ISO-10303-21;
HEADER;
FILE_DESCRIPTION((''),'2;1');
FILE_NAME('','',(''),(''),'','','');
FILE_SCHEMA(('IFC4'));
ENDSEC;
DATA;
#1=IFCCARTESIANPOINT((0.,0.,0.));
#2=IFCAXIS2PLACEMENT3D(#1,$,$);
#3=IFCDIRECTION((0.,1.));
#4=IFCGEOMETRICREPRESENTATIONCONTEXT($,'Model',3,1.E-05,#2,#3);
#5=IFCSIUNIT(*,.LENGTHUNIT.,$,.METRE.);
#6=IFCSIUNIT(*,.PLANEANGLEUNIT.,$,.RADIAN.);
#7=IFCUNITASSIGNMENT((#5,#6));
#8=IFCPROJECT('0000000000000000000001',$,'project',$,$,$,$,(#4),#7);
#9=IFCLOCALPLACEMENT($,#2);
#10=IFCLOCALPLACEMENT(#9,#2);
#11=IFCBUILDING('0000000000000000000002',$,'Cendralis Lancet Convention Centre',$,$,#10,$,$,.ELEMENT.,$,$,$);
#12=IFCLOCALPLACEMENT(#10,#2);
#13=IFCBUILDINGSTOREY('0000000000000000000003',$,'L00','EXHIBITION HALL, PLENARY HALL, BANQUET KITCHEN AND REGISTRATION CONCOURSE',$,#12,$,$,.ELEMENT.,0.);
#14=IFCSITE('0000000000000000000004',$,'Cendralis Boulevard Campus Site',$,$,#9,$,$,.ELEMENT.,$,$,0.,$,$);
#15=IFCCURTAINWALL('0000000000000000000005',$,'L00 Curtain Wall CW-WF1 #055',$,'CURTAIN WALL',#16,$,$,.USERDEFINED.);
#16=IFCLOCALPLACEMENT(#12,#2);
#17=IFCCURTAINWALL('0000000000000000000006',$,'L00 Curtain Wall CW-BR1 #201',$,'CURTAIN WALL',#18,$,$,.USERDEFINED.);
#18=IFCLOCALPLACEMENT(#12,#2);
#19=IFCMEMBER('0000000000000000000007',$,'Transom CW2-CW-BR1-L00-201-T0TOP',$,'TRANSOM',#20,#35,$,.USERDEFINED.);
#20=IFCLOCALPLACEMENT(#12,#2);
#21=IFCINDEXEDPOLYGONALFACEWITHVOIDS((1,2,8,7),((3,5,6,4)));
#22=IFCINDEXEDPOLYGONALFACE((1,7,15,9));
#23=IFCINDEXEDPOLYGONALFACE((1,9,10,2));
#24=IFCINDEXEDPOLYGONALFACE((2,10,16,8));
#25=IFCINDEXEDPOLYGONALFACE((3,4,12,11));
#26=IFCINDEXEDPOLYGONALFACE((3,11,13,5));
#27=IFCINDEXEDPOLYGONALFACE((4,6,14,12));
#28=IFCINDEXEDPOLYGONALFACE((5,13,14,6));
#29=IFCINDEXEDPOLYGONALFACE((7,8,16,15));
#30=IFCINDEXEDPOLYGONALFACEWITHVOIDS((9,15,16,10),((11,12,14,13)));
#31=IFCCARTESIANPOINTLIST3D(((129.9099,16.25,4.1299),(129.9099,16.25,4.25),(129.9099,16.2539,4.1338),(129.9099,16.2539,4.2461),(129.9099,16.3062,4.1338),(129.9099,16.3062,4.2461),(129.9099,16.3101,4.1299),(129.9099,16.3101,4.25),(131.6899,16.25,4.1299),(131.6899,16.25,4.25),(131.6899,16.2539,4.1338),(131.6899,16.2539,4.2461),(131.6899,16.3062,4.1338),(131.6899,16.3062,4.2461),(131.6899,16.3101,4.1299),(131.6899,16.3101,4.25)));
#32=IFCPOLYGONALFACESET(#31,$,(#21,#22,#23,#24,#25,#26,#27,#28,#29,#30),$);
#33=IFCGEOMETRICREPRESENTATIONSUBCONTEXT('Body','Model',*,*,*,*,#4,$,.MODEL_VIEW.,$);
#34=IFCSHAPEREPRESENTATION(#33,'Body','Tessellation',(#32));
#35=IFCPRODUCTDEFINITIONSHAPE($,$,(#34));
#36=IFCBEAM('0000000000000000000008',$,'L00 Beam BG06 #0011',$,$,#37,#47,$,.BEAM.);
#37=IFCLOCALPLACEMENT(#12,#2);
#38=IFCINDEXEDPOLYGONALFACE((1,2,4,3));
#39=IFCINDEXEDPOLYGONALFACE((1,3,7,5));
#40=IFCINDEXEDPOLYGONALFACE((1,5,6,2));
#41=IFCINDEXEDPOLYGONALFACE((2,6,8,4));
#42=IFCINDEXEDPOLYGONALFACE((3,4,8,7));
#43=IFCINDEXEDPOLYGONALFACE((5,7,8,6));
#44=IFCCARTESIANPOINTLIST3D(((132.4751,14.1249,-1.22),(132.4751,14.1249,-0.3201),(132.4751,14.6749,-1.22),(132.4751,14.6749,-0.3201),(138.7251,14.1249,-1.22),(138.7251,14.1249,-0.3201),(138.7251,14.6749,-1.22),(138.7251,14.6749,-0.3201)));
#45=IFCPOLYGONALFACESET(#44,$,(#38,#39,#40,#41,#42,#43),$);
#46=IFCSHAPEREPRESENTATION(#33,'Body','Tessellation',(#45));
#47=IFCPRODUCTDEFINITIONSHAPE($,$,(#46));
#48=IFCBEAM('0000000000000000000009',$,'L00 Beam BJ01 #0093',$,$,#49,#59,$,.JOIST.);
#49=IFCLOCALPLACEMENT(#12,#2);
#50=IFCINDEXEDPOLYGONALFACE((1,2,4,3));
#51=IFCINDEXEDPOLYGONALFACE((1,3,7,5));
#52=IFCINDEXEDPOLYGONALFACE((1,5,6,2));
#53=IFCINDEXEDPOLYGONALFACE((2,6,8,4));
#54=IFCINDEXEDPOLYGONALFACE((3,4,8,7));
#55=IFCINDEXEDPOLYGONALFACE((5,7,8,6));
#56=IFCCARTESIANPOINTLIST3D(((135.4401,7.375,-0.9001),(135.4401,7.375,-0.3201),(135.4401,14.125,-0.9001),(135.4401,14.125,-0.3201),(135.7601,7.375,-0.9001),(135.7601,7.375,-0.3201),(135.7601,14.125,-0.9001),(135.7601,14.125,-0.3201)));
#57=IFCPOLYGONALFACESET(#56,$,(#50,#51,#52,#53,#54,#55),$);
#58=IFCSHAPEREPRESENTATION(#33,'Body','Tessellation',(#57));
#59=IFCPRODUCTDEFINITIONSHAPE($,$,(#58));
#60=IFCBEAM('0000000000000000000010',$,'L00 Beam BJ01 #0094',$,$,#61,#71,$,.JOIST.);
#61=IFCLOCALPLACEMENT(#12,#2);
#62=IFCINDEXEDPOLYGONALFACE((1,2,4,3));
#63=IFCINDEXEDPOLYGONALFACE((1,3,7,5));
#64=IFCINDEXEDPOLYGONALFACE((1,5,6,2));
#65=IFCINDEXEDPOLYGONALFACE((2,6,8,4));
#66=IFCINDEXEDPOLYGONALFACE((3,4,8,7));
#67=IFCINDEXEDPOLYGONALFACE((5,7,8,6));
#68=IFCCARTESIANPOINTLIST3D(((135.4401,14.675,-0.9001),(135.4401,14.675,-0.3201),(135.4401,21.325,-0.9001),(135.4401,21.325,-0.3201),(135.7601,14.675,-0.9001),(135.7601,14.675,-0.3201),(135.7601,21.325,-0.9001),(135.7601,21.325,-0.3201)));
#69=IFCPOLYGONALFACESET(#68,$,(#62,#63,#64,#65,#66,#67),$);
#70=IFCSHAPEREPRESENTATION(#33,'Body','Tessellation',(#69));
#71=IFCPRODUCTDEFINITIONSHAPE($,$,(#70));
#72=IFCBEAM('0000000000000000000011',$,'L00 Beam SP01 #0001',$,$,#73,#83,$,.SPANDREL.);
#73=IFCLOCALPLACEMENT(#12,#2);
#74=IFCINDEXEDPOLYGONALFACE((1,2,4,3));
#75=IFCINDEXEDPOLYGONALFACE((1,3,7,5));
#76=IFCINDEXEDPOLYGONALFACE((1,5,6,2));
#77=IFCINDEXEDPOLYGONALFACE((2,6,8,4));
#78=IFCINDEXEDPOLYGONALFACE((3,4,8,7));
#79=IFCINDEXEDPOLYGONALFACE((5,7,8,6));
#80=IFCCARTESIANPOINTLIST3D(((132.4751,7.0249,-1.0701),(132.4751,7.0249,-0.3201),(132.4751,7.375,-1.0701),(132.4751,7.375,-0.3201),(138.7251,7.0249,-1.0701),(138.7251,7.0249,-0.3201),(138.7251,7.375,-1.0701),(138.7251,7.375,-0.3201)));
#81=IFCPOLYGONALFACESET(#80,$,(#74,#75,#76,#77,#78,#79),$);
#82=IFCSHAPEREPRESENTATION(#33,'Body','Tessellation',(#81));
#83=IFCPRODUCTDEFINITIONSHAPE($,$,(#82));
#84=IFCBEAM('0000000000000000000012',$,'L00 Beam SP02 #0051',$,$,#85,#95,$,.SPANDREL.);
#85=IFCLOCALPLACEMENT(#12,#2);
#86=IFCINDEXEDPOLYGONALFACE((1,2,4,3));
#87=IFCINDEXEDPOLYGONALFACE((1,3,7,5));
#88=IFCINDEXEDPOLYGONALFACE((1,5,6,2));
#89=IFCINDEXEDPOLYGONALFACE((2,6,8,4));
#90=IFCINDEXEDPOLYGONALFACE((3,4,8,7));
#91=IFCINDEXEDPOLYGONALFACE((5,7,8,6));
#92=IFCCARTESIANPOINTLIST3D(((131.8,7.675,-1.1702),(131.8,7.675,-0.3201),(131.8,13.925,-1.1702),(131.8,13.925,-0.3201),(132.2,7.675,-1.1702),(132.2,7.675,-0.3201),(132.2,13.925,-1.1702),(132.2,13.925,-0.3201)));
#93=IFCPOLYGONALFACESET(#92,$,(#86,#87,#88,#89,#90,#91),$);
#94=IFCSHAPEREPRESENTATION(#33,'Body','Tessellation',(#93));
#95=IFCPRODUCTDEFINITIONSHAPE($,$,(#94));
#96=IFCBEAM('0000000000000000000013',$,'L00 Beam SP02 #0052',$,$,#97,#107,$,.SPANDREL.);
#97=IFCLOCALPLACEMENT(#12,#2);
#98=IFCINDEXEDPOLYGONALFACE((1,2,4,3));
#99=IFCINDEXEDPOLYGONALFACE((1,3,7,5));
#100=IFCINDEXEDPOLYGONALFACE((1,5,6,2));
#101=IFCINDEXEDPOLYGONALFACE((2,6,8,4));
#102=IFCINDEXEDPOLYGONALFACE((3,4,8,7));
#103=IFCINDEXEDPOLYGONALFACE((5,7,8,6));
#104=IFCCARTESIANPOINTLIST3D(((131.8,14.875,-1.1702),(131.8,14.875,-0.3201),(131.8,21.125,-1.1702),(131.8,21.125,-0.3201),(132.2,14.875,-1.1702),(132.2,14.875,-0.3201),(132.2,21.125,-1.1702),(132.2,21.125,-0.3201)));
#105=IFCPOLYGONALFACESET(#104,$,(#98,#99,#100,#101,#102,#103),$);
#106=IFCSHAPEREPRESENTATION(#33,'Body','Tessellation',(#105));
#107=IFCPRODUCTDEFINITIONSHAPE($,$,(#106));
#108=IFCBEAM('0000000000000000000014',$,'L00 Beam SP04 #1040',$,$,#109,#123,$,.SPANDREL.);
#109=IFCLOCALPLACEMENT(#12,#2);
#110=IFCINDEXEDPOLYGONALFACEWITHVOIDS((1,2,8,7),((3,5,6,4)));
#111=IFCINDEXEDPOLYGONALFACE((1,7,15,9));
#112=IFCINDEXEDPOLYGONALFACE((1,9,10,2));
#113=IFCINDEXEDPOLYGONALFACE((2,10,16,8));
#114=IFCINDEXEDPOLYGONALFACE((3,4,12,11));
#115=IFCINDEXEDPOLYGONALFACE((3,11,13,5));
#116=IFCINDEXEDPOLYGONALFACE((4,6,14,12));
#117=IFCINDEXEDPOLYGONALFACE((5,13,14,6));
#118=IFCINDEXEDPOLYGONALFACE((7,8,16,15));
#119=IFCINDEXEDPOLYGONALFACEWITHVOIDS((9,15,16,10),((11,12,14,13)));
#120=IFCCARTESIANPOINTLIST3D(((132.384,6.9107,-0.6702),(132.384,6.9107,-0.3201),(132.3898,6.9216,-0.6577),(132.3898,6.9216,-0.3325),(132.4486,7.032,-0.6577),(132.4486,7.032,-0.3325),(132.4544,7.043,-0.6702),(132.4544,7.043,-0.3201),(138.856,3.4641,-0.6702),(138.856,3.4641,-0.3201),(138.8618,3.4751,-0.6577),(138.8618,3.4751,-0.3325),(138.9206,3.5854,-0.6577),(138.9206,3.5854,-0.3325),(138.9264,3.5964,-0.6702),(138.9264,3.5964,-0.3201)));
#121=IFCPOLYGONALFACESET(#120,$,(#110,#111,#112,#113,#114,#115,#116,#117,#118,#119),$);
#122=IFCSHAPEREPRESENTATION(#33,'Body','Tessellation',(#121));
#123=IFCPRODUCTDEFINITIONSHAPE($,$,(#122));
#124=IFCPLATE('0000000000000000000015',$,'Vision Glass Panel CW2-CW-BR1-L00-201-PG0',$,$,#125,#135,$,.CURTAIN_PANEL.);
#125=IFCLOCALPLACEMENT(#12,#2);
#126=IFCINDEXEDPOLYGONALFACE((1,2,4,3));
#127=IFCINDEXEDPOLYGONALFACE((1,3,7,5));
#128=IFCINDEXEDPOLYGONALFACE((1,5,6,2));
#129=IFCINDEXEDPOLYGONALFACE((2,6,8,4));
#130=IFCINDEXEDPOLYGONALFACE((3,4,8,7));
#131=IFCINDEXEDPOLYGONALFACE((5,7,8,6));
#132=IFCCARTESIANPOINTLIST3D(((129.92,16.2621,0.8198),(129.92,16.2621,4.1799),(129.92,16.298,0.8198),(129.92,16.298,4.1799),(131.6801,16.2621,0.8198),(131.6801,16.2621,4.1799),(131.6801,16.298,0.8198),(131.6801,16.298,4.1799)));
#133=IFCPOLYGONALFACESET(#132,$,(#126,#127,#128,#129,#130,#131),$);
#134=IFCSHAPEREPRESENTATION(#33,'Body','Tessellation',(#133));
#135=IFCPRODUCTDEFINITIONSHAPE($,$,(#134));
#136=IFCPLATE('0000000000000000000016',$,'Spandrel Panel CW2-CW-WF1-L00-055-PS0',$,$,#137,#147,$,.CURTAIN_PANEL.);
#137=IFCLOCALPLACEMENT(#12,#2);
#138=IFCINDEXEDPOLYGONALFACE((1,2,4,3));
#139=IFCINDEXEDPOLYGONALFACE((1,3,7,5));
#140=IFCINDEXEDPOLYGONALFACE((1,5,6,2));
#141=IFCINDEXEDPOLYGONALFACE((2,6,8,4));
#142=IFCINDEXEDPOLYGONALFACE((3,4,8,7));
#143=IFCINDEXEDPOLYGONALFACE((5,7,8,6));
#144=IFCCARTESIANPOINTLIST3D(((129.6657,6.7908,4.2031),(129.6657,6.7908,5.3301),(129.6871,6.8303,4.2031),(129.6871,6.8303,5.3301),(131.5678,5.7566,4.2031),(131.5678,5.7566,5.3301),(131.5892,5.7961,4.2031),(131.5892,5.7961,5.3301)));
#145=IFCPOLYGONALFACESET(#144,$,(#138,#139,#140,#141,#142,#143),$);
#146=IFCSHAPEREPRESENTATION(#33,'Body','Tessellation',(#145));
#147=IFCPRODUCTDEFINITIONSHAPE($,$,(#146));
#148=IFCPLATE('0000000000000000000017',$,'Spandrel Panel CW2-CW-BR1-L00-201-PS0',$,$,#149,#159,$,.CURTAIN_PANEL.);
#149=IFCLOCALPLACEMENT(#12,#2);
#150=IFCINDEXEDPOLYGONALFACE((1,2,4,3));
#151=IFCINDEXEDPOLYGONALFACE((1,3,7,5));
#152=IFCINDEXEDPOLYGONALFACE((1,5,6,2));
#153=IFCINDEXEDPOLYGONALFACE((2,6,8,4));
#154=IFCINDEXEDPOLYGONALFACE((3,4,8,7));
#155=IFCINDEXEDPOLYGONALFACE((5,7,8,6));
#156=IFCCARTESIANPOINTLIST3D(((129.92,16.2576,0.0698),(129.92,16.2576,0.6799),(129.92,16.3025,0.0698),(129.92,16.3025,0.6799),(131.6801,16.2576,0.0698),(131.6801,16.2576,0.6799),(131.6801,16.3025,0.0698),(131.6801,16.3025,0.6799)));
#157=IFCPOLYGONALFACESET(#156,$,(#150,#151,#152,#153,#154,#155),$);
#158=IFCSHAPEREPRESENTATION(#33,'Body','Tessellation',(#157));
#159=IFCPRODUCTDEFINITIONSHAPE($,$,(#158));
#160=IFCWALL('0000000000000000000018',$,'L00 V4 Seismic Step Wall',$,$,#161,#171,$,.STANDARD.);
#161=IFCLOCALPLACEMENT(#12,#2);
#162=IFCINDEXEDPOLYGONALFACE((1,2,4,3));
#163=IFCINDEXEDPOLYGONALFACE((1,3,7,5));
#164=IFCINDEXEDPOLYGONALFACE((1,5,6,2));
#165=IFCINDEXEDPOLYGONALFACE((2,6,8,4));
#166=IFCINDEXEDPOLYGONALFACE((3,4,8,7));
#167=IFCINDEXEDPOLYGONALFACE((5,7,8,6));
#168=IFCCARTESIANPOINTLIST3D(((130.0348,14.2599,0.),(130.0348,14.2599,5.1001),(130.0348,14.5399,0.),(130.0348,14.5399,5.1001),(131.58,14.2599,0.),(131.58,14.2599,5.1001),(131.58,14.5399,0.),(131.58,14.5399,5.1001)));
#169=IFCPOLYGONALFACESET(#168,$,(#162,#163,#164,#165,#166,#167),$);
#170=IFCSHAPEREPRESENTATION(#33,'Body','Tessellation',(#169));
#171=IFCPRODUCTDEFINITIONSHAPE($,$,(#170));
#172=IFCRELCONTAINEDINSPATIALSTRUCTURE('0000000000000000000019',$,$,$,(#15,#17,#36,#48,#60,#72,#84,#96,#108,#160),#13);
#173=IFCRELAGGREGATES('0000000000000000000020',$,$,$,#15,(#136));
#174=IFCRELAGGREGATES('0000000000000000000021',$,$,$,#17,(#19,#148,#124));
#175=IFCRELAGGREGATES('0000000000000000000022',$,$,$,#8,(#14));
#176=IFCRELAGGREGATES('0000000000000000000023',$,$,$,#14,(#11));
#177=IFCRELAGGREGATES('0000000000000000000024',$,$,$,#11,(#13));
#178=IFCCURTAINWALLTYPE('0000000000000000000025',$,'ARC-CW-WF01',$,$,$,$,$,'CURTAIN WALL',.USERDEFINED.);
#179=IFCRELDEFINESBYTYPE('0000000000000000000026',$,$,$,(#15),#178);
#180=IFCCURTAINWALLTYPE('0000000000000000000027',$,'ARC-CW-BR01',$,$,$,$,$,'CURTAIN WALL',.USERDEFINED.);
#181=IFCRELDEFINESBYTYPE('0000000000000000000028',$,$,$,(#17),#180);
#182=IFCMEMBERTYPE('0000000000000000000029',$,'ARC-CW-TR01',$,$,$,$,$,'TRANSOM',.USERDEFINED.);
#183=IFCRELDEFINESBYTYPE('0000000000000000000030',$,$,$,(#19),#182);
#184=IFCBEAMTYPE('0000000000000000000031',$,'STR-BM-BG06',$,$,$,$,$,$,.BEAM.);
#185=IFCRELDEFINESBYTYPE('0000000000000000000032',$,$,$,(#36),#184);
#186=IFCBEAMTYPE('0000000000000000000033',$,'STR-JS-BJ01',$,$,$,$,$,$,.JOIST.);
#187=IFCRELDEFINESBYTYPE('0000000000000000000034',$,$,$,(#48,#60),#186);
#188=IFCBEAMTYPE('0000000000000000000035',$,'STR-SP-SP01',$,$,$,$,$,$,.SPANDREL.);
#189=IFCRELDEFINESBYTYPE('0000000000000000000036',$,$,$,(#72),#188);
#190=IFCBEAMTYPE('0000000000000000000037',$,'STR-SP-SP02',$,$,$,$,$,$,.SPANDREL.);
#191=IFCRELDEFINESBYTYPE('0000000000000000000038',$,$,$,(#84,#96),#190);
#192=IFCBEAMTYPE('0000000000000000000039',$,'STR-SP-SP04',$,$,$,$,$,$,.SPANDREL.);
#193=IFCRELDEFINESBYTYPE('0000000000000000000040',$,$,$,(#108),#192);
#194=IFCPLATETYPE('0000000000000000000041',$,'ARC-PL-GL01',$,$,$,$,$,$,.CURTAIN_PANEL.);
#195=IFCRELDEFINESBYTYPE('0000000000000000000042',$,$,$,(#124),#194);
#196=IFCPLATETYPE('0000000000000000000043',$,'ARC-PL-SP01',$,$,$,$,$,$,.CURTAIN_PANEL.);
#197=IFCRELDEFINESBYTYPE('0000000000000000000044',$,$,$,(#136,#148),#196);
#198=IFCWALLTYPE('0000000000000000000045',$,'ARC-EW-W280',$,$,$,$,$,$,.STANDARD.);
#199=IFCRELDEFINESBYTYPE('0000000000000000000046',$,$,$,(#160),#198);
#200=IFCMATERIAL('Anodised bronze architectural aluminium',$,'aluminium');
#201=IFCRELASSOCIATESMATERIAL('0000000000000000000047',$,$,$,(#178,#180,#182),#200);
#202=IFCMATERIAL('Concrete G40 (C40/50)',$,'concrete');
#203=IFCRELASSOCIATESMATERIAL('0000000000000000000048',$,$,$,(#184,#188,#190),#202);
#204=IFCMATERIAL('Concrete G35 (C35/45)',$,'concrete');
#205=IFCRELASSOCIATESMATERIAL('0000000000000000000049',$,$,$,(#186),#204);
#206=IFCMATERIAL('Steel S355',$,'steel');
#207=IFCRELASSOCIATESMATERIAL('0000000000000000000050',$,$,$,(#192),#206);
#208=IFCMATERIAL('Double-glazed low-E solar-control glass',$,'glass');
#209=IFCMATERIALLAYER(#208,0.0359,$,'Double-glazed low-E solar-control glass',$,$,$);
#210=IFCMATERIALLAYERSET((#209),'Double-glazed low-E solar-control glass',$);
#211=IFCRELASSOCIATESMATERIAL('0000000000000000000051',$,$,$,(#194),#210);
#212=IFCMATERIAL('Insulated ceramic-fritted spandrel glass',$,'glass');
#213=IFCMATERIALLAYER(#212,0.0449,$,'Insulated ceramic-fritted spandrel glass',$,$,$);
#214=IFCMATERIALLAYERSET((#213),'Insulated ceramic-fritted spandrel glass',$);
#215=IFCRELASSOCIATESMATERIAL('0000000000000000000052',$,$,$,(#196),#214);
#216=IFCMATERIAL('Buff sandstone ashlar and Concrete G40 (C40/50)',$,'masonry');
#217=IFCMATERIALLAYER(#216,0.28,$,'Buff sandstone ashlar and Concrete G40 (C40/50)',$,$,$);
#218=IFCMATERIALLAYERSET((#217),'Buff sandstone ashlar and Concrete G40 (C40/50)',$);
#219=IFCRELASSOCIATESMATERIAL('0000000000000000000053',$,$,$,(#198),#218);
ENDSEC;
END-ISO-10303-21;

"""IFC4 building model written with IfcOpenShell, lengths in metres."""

from ifc_helpers import new_model, si_unit, direction, frame, frame_2d, origin, origin_2d, place, context, subcontext, project, spatial, rectangle, hollow_rectangle, extrude, material, layer, layer_set, material_profile, profile_set, type_object, element, aggregate, save


model = new_model("IFC4")

# Units and contexts
model_context = context("Model", 3, precision=1e-05, world=origin(), true_north=direction((0.0, 1.0)))
body_context = subcontext(model_context, "Body", "Model", "MODEL_VIEW")
ifc_project = project(units=[si_unit("LENGTHUNIT", "METRE"), si_unit("PLANEANGLEUNIT", "RADIAN")], contexts=[model_context])

# Site, building, storey
site_placement = place(None, origin())
site = spatial("IfcSite", under=ifc_project, at=site_placement, Name="Cendralis Boulevard Campus Site", CompositionType="ELEMENT", RefElevation=0.0)
building_placement = place(site_placement, origin())
building = spatial("IfcBuilding", under=site, at=building_placement, Name="Cendralis Lancet Convention Centre", CompositionType="ELEMENT")
storey_placement = place(building_placement, origin())
storey = spatial("IfcBuildingStorey", under=building, at=storey_placement, Name="L00", Description="EXHIBITION HALL, PLENARY HALL, BANQUET KITCHEN AND REGISTRATION CONCOURSE", CompositionType="ELEMENT", Elevation=0.0)

# Shared definitions
ifc_material_1 = material(Name="Concrete G35 (C35/45)", Category="concrete")

# Shared definitions
ifc_material_2 = material(Name="Concrete G40 (C40/50)", Category="concrete")

# Curtain wall
ifc_material_3 = material(Name="Anodised bronze architectural aluminium", Category="aluminium")
curtain_wall_type_1 = type_object("IfcCurtainWallType", Name="ARC-CW-WF01", ElementType="CURTAIN WALL", PredefinedType="USERDEFINED", material=ifc_material_3)
curtain_wall_1_placement = place(storey_placement, origin())
curtain_wall_1 = element("IfcCurtainWall", 1, at=curtain_wall_1_placement, inside=storey, type_object=curtain_wall_type_1, Name="L00 Curtain Wall CW-WF1 #055", ObjectType="CURTAIN WALL", PredefinedType="USERDEFINED")

# Curtain wall
curtain_wall_type_2 = type_object("IfcCurtainWallType", Name="ARC-CW-BR01", ElementType="CURTAIN WALL", PredefinedType="USERDEFINED", material=ifc_material_3)
curtain_wall_2_placement = place(storey_placement, origin())
curtain_wall_2 = element("IfcCurtainWall", 2, at=curtain_wall_2_placement, inside=storey, type_object=curtain_wall_type_2, Name="L00 Curtain Wall CW-BR1 #201", ObjectType="CURTAIN WALL", PredefinedType="USERDEFINED")

# Member
ifc_material_profile_1 = material_profile(ifc_material_3, hollow_rectangle(XDim=0.0601, YDim=0.1201, WallThickness=0.0039, at=origin_2d()), Name="AL-TRAN 60x120x4.0")
ifc_profile_set_1 = profile_set([ifc_material_profile_1], Name="Anodised bronze architectural aluminium")
member_type_1 = type_object("IfcMemberType", Name="ARC-CW-TR01", ElementType="TRANSOM", PredefinedType="USERDEFINED", material=ifc_profile_set_1)
member_1_placement = place(storey_placement, frame((129.9099, 16.28, 4.1899), z_axis=(1.0, 0.0, 0.0), x_axis=(0.0, 1.0, 0.0)))
member_1 = element("IfcMember", 3, at=member_1_placement, type_object=member_type_1, Name="Transom CW2-CW-BR1-L00-201-T0TOP", ObjectType="TRANSOM", PredefinedType="USERDEFINED", context=body_context, shape_type="SweptSolid", body=[
    extrude(hollow_rectangle(XDim=0.0601, YDim=0.1201, WallThickness=0.0039, at=origin_2d()), origin(), (0.0, 0.0, 1.0), 1.78),
])

# Beams
ifc_material_profile_2 = material_profile(ifc_material_2, rectangle(XDim=0.55, YDim=0.8999, at=origin_2d()), Name="RCB 550x900")
ifc_profile_set_2 = profile_set([ifc_material_profile_2], Name="Concrete G40 (C40/50)")
beam_type_1 = type_object("IfcBeamType", Name="STR-BM-BG06", PredefinedType="BEAM", material=ifc_profile_set_2)
beam_1_placement = place(storey_placement, frame((132.4751, 14.3999, -0.77), z_axis=(1.0, 0.0, 0.0), x_axis=(0.0, 1.0, 0.0)))
element("IfcBeam", 4, at=beam_1_placement, inside=storey, type_object=beam_type_1, Name="L00 Beam BG06 #0011", PredefinedType="BEAM", context=body_context, shape_type="SweptSolid", body=[
    extrude(rectangle(XDim=0.55, YDim=0.8999, at=origin_2d()), origin(), (0.0, 0.0, 1.0), 6.25),
])
ifc_material_profile_3 = material_profile(ifc_material_1, rectangle(XDim=0.3201, YDim=0.5801, at=origin_2d()), Name="RCB 320x580")
ifc_profile_set_3 = profile_set([ifc_material_profile_3], Name="Concrete G35 (C35/45)")
beam_type_2 = type_object("IfcBeamType", Name="STR-JS-BJ01", PredefinedType="JOIST", material=ifc_profile_set_3)
beam_2_placement = place(storey_placement, frame((135.6001, 7.375, -0.6101), z_axis=(0.0, 1.0, 0.0), x_axis=(-1.0, 0.0, 0.0)))
element("IfcBeam", 5, at=beam_2_placement, inside=storey, type_object=beam_type_2, Name="L00 Beam BJ01 #0093", PredefinedType="JOIST", context=body_context, shape_type="SweptSolid", body=[
    extrude(rectangle(XDim=0.3201, YDim=0.5801, at=origin_2d()), origin(), (0.0, 0.0, 1.0), 6.75),
])
beam_3_placement = place(storey_placement, frame((135.6001, 14.675, -0.6101), z_axis=(0.0, 1.0, 0.0), x_axis=(-1.0, 0.0, 0.0)))
element("IfcBeam", 6, at=beam_3_placement, inside=storey, type_object=beam_type_2, Name="L00 Beam BJ01 #0094", PredefinedType="JOIST", context=body_context, shape_type="SweptSolid", body=[
    extrude(rectangle(XDim=0.3201, YDim=0.5801, at=origin_2d()), origin(), (0.0, 0.0, 1.0), 6.6499),
])
ifc_material_profile_4 = material_profile(ifc_material_2, rectangle(XDim=0.3501, YDim=0.75, at=origin_2d()), Name="RCB 350x750")
ifc_profile_set_4 = profile_set([ifc_material_profile_4], Name="Concrete G40 (C40/50)")
beam_type_3 = type_object("IfcBeamType", Name="STR-SP-SP01", PredefinedType="SPANDREL", material=ifc_profile_set_4)
beam_4_placement = place(storey_placement, frame((132.4751, 7.2, -0.6951), z_axis=(1.0, 0.0, 0.0), x_axis=(0.0, 1.0, 0.0)))
element("IfcBeam", 7, at=beam_4_placement, inside=storey, type_object=beam_type_3, Name="L00 Beam SP01 #0001", PredefinedType="SPANDREL", context=body_context, shape_type="SweptSolid", body=[
    extrude(rectangle(XDim=0.3501, YDim=0.75, at=origin_2d()), origin(), (0.0, 0.0, 1.0), 6.25),
])
ifc_material_profile_5 = material_profile(ifc_material_2, rectangle(XDim=0.3999, YDim=0.8501, at=origin_2d()), Name="RCB 400x850")
ifc_profile_set_5 = profile_set([ifc_material_profile_5], Name="Concrete G40 (C40/50)")
beam_type_4 = type_object("IfcBeamType", Name="STR-SP-SP02", PredefinedType="SPANDREL", material=ifc_profile_set_5)
for number, where, z_axis, x_axis, name in (
    (8, (132.0, 7.675, -0.7451), (0.0, 1.0, 0.0), (-1.0, 0.0, 0.0), "L00 Beam SP02 #0051"),
    (9, (132.0, 14.875, -0.7451), (0.0, 1.0, 0.0), (-1.0, 0.0, 0.0), "L00 Beam SP02 #0052"),
):
    element("IfcBeam", number, at=place(storey_placement, frame(where, z_axis=z_axis, x_axis=x_axis)), inside=storey, type_object=beam_type_4, Name=name, PredefinedType="SPANDREL", context=body_context, shape_type="SweptSolid", body=[
        extrude(rectangle(XDim=0.3999, YDim=0.8501, at=origin_2d()), origin(), (0.0, 0.0, 1.0), 6.25),
    ])
ifc_material_4 = material(Name="Steel S355", Category="steel")
ifc_material_profile_6 = material_profile(ifc_material_4, hollow_rectangle(XDim=0.1499, YDim=0.3501, WallThickness=0.0125, at=origin_2d()), Name="RHS 350x150x12.5")
ifc_profile_set_6 = profile_set([ifc_material_profile_6], Name="Steel S355")
beam_type_5 = type_object("IfcBeamType", Name="STR-SP-SP04", PredefinedType="SPANDREL", material=ifc_profile_set_6)
beam_5_placement = place(storey_placement, frame((132.4192, 6.9768, -0.4951), z_axis=(0.882645, -0.47004, 0.0), x_axis=(0.47004, 0.882645, 0.0)))
element("IfcBeam", 10, at=beam_5_placement, inside=storey, type_object=beam_type_5, Name="L00 Beam SP04 #1040", PredefinedType="SPANDREL", context=body_context, shape_type="SweptSolid", body=[
    extrude(hollow_rectangle(XDim=0.1499, YDim=0.3501, WallThickness=0.0125, at=origin_2d()), origin(), (0.0, 0.0, 1.0), 7.3325),
])

# Plates
ifc_material_5 = material(Name="Double-glazed low-E solar-control glass", Category="glass")
ifc_layer_1 = layer(ifc_material_5, 0.0359, Name="Double-glazed low-E solar-control glass")
ifc_layer_set_1 = layer_set([ifc_layer_1], Name="Double-glazed low-E solar-control glass")
plate_type_1 = type_object("IfcPlateType", Name="ARC-PL-GL01", PredefinedType="CURTAIN_PANEL", material=ifc_layer_set_1)
plate_1_placement = place(storey_placement, frame((130.8, 16.28, 0.8198), z_axis=(0.0, 0.0, 1.0), x_axis=(1.0, 0.0, 0.0)))
plate_1 = element("IfcPlate", 11, at=plate_1_placement, type_object=plate_type_1, Name="Vision Glass Panel CW2-CW-BR1-L00-201-PG0", PredefinedType="CURTAIN_PANEL", context=body_context, shape_type="SweptSolid", body=[
    extrude(rectangle(XDim=1.76, YDim=0.0359, at=origin_2d()), origin(), (0.0, 0.0, 1.0), 3.3601),
])
ifc_material_6 = material(Name="Insulated ceramic-fritted spandrel glass", Category="glass")
ifc_layer_2 = layer(ifc_material_6, 0.0449, Name="Insulated ceramic-fritted spandrel glass")
ifc_layer_set_2 = layer_set([ifc_layer_2], Name="Insulated ceramic-fritted spandrel glass")
plate_type_2 = type_object("IfcPlateType", Name="ARC-PL-SP01", PredefinedType="CURTAIN_PANEL", material=ifc_layer_set_2)
plate_2_placement = place(storey_placement, frame((130.6274, 6.2935, 4.2031), z_axis=(0.0, 0.0, 1.0), x_axis=(0.878541, -0.477666, 0.0)))
plate_2 = element("IfcPlate", 12, at=plate_2_placement, type_object=plate_type_2, Name="Spandrel Panel CW2-CW-WF1-L00-055-PS0", PredefinedType="CURTAIN_PANEL", context=body_context, shape_type="SweptSolid", body=[
    extrude(rectangle(XDim=2.165, YDim=0.0449, at=origin_2d()), origin(), (0.0, 0.0, 1.0), 1.127),
])
aggregate(curtain_wall_1, [plate_2])
plate_3_placement = place(storey_placement, frame((130.8, 16.28, 0.0698), z_axis=(0.0, 0.0, 1.0), x_axis=(1.0, 0.0, 0.0)))
plate_3 = element("IfcPlate", 13, at=plate_3_placement, type_object=plate_type_2, Name="Spandrel Panel CW2-CW-BR1-L00-201-PS0", PredefinedType="CURTAIN_PANEL", context=body_context, shape_type="SweptSolid", body=[
    extrude(rectangle(XDim=1.76, YDim=0.0449, at=origin_2d()), origin(), (0.0, 0.0, 1.0), 0.6101),
])
aggregate(curtain_wall_2, [member_1, plate_3, plate_1])

# Wall
ifc_material_7 = material(Name="Buff sandstone ashlar and Concrete G40 (C40/50)", Category="masonry")
ifc_layer_3 = layer(ifc_material_7, 0.28, Name="Buff sandstone ashlar and Concrete G40 (C40/50)")
ifc_layer_set_3 = layer_set([ifc_layer_3], Name="Buff sandstone ashlar and Concrete G40 (C40/50)")
wall_type_1 = type_object("IfcWallType", Name="ARC-EW-W280", PredefinedType="STANDARD", material=ifc_layer_set_3)
wall_1_placement = place(storey_placement, frame((130.0349, 14.3999, 0.0), z_axis=(0.0, 0.0, 1.0), x_axis=(1.0, 0.0, 0.0)))
element("IfcWall", 14, at=wall_1_placement, inside=storey, type_object=wall_type_1, Name="L00 V4 Seismic Step Wall", PredefinedType="STANDARD", context=body_context, shape_type="SweptSolid", body=[
    extrude(rectangle(XDim=1.5452, YDim=0.28, at=frame_2d((0.7725, 0.0))), origin(), (0.0, 0.0, 1.0), 5.1001),
])

save(model, "model.ifc")
